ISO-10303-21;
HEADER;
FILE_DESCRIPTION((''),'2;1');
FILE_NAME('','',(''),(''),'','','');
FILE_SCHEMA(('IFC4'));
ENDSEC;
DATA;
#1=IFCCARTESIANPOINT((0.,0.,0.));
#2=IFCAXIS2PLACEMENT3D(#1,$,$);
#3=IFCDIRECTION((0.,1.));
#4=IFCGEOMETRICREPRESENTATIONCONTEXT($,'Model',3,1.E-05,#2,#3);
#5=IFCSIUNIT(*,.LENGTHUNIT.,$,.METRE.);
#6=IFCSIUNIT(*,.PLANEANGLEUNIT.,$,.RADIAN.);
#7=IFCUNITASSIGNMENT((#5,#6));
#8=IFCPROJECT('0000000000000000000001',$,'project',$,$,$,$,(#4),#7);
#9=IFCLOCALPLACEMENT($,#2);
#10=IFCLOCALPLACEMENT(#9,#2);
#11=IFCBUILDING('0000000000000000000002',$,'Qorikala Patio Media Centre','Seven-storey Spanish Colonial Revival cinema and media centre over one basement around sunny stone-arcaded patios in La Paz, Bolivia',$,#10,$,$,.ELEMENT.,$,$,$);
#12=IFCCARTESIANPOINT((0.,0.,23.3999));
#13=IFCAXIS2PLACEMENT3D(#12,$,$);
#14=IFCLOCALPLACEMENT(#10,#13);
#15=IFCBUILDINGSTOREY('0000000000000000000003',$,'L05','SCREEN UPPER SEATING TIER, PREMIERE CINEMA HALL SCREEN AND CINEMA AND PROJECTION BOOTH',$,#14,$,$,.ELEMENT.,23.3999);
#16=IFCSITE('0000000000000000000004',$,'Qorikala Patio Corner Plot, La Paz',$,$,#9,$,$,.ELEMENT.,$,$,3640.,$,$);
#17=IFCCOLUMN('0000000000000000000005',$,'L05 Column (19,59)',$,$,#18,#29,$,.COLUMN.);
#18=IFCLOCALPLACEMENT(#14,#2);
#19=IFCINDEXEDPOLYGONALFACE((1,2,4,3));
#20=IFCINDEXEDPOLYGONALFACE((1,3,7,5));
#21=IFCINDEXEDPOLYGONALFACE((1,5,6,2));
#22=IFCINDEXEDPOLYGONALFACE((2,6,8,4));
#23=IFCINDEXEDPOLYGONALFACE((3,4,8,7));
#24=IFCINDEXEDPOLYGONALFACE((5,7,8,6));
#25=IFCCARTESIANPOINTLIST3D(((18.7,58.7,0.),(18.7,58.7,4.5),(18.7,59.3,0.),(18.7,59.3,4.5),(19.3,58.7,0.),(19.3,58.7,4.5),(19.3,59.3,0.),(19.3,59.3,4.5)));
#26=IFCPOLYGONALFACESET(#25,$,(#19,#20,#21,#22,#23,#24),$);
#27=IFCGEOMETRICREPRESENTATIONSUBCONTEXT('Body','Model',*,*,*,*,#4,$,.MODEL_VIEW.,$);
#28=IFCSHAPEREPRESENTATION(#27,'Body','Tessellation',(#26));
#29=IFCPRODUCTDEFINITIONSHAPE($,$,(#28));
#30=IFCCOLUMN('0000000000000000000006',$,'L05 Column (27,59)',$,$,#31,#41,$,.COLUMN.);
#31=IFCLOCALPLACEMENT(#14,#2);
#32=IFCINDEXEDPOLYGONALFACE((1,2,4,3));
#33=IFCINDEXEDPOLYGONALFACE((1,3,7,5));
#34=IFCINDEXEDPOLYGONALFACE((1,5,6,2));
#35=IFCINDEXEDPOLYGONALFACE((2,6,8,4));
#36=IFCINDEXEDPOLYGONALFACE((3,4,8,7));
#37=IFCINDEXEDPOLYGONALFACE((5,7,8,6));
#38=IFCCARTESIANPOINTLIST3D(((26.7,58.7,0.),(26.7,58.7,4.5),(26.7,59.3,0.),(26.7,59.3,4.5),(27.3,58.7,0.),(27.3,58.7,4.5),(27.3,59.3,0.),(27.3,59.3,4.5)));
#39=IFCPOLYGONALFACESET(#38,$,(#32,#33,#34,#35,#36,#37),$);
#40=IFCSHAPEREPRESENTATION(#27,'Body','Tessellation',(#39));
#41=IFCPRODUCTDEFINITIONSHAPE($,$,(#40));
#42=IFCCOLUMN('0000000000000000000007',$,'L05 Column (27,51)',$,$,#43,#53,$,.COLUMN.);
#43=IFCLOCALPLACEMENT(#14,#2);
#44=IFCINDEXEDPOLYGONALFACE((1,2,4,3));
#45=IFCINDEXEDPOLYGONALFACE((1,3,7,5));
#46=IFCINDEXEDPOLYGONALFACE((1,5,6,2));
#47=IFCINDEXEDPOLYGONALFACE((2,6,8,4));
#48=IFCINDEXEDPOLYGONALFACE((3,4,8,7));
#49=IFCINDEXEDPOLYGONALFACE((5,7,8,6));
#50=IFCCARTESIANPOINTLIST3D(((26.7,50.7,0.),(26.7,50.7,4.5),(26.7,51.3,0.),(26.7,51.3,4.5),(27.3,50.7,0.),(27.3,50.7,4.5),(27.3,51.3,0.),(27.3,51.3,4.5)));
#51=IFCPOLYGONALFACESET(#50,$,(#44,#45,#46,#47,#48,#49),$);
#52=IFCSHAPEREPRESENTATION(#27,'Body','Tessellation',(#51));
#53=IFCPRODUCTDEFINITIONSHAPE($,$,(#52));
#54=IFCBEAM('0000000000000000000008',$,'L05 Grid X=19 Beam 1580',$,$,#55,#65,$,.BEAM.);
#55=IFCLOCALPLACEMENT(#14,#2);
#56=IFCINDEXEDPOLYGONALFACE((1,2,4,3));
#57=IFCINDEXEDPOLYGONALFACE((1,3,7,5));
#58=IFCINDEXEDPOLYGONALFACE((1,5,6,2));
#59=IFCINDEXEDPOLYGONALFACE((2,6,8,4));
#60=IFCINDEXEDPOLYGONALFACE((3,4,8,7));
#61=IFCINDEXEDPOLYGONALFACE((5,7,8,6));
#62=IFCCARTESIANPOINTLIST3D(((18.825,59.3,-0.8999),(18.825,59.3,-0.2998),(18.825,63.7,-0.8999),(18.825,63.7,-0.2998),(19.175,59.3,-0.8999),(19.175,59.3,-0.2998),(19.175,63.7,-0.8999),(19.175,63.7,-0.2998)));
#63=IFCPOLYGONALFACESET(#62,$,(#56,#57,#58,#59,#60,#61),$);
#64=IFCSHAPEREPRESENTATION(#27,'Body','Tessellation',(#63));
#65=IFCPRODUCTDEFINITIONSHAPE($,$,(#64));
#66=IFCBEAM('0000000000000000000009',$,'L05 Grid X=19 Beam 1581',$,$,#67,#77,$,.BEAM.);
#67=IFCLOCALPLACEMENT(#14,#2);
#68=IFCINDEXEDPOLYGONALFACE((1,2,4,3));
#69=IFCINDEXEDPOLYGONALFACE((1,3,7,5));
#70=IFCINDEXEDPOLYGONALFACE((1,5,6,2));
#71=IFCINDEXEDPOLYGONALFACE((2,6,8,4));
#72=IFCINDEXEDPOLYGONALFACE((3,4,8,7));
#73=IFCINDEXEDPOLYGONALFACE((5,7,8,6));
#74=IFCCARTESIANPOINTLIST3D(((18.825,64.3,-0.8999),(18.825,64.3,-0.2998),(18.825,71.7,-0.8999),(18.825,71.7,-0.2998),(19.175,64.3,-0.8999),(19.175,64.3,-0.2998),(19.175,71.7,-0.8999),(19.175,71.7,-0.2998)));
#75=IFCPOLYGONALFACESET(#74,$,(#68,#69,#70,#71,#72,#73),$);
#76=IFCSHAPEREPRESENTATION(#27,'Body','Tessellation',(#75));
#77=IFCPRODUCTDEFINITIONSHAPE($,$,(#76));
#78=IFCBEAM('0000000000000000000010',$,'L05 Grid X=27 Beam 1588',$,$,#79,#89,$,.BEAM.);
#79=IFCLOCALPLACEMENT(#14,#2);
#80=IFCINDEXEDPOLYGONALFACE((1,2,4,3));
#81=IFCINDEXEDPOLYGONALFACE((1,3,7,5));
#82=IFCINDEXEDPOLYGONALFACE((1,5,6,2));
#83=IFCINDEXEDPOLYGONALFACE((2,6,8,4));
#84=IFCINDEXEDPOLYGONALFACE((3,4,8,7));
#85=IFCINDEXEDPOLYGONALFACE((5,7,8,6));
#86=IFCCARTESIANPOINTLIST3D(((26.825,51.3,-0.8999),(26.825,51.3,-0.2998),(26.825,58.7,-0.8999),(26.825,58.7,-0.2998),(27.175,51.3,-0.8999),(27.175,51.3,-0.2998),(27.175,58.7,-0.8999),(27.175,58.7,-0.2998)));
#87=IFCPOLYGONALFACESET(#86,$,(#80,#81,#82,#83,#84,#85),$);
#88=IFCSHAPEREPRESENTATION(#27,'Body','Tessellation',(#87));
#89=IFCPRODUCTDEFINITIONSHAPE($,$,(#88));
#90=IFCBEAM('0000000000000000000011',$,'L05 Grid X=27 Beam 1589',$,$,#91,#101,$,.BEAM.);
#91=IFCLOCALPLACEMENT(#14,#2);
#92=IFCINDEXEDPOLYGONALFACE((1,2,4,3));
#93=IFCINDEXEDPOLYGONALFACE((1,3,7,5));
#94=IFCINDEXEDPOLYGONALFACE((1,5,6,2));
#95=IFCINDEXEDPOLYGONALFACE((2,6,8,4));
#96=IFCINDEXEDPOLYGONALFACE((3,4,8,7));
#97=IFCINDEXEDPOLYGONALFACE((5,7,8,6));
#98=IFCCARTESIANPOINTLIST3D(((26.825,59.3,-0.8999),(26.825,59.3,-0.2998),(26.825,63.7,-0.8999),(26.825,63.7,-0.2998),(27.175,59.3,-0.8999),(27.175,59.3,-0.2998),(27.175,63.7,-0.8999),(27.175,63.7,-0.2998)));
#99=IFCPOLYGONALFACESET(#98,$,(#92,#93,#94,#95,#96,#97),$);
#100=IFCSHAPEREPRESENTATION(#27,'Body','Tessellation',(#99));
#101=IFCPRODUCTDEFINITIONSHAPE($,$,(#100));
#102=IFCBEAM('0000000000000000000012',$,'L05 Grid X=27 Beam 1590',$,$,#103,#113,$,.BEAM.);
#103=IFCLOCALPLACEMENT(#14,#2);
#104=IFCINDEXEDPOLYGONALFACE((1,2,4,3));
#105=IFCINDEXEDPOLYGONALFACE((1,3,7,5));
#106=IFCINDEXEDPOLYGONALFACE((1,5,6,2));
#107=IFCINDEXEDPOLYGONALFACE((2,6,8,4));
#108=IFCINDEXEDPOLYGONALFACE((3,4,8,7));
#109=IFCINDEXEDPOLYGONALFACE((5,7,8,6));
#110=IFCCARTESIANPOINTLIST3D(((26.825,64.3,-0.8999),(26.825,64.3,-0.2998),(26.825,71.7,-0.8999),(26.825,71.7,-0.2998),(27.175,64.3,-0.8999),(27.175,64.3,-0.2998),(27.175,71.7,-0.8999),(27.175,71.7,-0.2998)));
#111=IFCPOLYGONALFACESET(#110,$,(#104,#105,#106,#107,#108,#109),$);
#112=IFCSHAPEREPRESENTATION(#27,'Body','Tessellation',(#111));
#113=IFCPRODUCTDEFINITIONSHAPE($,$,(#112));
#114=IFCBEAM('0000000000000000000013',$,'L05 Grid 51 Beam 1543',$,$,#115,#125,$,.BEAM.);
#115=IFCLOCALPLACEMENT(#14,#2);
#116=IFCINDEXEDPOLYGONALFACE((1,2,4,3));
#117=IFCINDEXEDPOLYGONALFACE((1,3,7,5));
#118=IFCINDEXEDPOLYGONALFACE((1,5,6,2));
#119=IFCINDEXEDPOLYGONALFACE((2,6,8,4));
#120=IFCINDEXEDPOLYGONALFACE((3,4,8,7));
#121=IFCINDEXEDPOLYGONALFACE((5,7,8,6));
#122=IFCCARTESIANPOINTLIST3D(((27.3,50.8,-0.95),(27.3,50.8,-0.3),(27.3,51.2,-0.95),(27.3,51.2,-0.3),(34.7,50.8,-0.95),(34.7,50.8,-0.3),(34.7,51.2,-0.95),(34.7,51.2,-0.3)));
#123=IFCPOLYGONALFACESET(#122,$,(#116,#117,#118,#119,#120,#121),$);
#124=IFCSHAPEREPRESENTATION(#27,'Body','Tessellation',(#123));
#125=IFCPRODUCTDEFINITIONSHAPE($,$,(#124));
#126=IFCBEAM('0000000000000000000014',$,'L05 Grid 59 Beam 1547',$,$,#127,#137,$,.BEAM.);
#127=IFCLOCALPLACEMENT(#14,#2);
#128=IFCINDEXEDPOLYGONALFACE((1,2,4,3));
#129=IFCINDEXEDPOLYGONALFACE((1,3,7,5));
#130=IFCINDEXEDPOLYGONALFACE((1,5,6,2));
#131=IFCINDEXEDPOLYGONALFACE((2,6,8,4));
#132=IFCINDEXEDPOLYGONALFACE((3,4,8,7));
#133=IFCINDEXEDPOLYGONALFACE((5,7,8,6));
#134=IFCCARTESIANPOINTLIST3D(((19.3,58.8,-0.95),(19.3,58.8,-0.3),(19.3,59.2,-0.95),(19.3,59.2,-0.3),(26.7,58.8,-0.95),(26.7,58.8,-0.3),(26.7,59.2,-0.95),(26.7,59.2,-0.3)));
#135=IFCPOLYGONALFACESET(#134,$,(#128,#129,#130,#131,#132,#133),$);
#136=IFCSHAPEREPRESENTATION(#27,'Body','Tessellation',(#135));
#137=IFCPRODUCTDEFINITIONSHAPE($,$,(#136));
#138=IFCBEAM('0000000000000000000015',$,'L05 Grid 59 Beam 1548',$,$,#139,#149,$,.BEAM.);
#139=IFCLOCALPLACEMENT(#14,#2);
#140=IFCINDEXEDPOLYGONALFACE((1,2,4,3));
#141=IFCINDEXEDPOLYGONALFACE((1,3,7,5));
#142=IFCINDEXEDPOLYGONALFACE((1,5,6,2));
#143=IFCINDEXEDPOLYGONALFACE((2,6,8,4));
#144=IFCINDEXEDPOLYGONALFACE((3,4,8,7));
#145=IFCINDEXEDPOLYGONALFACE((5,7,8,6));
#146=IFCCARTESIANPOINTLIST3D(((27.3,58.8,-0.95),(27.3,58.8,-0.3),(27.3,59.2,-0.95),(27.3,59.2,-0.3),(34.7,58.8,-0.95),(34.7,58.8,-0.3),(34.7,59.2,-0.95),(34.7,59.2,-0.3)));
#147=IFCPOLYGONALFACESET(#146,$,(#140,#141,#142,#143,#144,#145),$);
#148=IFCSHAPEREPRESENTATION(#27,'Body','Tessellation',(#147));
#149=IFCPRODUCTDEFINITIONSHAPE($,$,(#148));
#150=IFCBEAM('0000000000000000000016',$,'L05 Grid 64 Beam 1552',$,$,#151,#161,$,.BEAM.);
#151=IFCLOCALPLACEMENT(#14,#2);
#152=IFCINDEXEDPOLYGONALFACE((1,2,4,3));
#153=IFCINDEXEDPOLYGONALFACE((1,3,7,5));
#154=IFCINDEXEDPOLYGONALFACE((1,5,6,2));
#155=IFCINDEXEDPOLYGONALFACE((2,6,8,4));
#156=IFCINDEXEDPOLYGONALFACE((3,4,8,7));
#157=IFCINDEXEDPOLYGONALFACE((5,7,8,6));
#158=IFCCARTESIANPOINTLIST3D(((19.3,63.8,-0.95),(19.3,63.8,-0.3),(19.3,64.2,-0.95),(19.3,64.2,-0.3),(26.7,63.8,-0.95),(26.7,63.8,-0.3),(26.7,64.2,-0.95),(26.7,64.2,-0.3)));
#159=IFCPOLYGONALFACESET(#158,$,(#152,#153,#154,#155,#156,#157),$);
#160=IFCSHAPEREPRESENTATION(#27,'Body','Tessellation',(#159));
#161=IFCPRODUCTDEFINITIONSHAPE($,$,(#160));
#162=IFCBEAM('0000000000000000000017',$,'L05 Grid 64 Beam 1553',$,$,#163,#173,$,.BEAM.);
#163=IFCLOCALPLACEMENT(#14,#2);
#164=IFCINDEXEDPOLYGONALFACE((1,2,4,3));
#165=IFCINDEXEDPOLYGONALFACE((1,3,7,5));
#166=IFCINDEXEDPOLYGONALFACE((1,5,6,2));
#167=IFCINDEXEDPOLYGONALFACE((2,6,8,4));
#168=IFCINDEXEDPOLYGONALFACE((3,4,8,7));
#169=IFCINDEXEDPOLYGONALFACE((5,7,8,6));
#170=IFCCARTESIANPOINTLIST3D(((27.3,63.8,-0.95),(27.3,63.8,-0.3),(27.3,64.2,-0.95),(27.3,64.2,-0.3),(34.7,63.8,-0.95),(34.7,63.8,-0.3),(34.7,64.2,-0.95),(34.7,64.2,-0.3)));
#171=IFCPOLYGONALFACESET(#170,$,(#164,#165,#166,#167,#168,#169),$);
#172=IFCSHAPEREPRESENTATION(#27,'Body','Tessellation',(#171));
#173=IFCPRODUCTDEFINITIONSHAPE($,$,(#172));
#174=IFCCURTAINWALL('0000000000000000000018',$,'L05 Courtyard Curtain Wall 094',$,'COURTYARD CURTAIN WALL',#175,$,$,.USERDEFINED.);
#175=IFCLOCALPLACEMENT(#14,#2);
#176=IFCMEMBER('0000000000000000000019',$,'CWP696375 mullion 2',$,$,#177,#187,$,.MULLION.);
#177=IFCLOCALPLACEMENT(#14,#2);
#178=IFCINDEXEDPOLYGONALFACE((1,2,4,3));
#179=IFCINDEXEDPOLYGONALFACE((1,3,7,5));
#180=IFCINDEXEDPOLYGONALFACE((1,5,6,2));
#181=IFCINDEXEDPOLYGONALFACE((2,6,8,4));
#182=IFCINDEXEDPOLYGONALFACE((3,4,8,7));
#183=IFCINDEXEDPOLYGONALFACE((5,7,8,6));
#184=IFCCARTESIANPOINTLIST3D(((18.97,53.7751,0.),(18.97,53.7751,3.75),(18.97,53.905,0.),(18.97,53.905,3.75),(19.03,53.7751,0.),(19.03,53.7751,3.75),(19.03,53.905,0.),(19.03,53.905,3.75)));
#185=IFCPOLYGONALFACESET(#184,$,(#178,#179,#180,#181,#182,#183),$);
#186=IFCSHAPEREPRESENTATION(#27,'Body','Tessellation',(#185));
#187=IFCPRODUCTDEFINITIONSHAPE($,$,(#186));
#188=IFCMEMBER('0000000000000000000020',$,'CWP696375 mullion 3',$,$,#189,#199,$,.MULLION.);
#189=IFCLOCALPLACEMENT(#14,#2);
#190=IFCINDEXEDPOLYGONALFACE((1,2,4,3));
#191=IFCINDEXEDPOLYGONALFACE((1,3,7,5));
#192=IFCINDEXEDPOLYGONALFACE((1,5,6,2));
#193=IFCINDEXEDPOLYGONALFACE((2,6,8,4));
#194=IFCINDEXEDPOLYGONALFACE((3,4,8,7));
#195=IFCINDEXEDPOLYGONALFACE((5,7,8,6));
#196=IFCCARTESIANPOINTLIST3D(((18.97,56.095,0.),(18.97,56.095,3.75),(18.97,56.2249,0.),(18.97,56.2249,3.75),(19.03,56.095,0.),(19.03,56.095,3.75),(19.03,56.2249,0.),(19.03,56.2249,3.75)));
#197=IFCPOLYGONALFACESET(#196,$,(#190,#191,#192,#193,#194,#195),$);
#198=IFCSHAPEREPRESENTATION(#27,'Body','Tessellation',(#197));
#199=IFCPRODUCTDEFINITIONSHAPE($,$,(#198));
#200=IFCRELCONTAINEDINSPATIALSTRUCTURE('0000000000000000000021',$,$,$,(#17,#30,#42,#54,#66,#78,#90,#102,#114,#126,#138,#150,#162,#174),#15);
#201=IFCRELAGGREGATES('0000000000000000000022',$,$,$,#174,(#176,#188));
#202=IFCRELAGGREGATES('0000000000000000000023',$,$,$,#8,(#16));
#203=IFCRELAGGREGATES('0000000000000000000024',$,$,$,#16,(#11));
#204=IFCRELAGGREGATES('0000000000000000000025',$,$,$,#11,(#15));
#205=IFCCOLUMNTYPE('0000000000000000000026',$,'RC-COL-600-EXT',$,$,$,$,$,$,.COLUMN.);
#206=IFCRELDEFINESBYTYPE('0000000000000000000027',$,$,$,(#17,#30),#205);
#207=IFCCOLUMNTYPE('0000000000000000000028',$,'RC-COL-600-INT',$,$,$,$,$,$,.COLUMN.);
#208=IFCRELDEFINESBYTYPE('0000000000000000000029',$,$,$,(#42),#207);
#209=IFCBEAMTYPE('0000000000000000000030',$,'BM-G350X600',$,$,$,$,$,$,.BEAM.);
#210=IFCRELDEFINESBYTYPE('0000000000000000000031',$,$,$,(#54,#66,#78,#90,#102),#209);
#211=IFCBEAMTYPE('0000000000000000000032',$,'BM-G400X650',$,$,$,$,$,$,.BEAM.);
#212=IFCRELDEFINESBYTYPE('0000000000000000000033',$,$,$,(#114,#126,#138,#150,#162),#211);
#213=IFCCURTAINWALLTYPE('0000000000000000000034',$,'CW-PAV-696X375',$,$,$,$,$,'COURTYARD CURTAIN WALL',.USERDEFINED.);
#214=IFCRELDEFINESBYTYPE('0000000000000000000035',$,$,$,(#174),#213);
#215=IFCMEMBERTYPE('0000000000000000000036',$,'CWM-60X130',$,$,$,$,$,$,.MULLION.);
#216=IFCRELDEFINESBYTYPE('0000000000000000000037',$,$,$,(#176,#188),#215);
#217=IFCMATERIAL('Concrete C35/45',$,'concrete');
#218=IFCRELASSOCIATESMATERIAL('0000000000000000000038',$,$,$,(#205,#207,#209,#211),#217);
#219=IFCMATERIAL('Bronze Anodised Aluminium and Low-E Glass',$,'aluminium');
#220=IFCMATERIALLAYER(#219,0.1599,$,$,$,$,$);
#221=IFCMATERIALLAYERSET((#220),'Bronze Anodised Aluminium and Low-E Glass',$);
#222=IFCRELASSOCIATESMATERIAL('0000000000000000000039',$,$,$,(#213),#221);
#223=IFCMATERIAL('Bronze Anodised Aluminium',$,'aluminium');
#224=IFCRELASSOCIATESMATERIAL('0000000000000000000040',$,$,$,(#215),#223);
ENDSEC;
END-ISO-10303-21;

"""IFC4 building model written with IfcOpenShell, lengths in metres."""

from ifc_helpers import new_model, si_unit, direction, frame, origin, origin_2d, place, context, subcontext, project, spatial, rectangle, extrude, material, layer, layer_set, material_profile, profile_set, type_object, element, aggregate, save


model = new_model("IFC4")

# Units and contexts
model_context = context("Model", 3, precision=1e-05, world=origin(), true_north=direction((0.0, 1.0)))
body_context = subcontext(model_context, "Body", "Model", "MODEL_VIEW")
ifc_project = project(units=[si_unit("LENGTHUNIT", "METRE"), si_unit("PLANEANGLEUNIT", "RADIAN")], contexts=[model_context])

# Site, building, storey
site_placement = place(None, origin())
site = spatial("IfcSite", under=ifc_project, at=site_placement, Name="Qorikala Patio Corner Plot, La Paz", CompositionType="ELEMENT", RefElevation=3640.0)
building_placement = place(site_placement, origin())
building = spatial("IfcBuilding", under=site, at=building_placement, Name="Qorikala Patio Media Centre", Description="Seven-storey Spanish Colonial Revival cinema and media centre over one basement around sunny stone-arcaded patios in La Paz, Bolivia", CompositionType="ELEMENT")
storey_placement = place(building_placement, frame((0.0, 0.0, 23.3999)))
storey = spatial("IfcBuildingStorey", under=building, at=storey_placement, Name="L05", Description="SCREEN UPPER SEATING TIER, PREMIERE CINEMA HALL SCREEN AND CINEMA AND PROJECTION BOOTH", CompositionType="ELEMENT", Elevation=23.3999)

# Columns
ifc_material_1 = material(Name="Concrete C35/45", Category="concrete")
ifc_material_profile_1 = material_profile(ifc_material_1, rectangle(XDim=0.6001, YDim=0.6001, at=origin_2d()), Name="RC 600x600")
ifc_profile_set_1 = profile_set([ifc_material_profile_1], Name="Concrete C35/45")
column_type_1 = type_object("IfcColumnType", Name="RC-COL-600-EXT", PredefinedType="COLUMN", material=ifc_profile_set_1)
for number, where, z_axis, x_axis, name in (
    (1, (19.0, 59.0, 0.0), (0.0, 0.0, 1.0), (1.0, 0.0, 0.0), "L05 Column (19,59)"),
    (2, (27.0, 59.0, 0.0), (0.0, 0.0, 1.0), (1.0, 0.0, 0.0), "L05 Column (27,59)"),
):
    element("IfcColumn", number, at=place(storey_placement, frame(where, z_axis=z_axis, x_axis=x_axis)), inside=storey, type_object=column_type_1, Name=name, PredefinedType="COLUMN", context=body_context, shape_type="SweptSolid", body=[
        extrude(rectangle(XDim=0.6001, YDim=0.6001, at=origin_2d()), origin(), (0.0, 0.0, 1.0), 4.5),
    ])
ifc_material_profile_2 = material_profile(ifc_material_1, rectangle(XDim=0.6001, YDim=0.6001, at=origin_2d()), Name="RC 600x600")
ifc_profile_set_2 = profile_set([ifc_material_profile_2], Name="Concrete C35/45")
column_type_2 = type_object("IfcColumnType", Name="RC-COL-600-INT", PredefinedType="COLUMN", material=ifc_profile_set_2)
column_placement = place(storey_placement, frame((27.0, 51.0, 0.0), z_axis=(0.0, 0.0, 1.0), x_axis=(1.0, 0.0, 0.0)))
element("IfcColumn", 3, at=column_placement, inside=storey, type_object=column_type_2, Name="L05 Column (27,51)", PredefinedType="COLUMN", context=body_context, shape_type="SweptSolid", body=[
    extrude(rectangle(XDim=0.6001, YDim=0.6001, at=origin_2d()), origin(), (0.0, 0.0, 1.0), 4.5),
])

# Beams
ifc_material_profile_3 = material_profile(ifc_material_1, rectangle(XDim=0.3501, YDim=0.6001, at=origin_2d()), Name="RC 350x600")
ifc_profile_set_3 = profile_set([ifc_material_profile_3], Name="Concrete C35/45")
beam_type_1 = type_object("IfcBeamType", Name="BM-G350X600", PredefinedType="BEAM", material=ifc_profile_set_3)
beam_1_placement = place(storey_placement, frame((19.0, 59.3, -0.5999), z_axis=(0.0, 1.0, 0.0), x_axis=(-1.0, 0.0, 0.0)))
element("IfcBeam", 4, at=beam_1_placement, inside=storey, type_object=beam_type_1, Name="L05 Grid X=19 Beam 1580", PredefinedType="BEAM", context=body_context, shape_type="SweptSolid", body=[
    extrude(rectangle(XDim=0.3501, YDim=0.6001, at=origin_2d()), origin(), (0.0, 0.0, 1.0), 4.3999),
])
for number, where, z_axis, x_axis, name in (
    (5, (19.0, 64.3, -0.5999), (0.0, 1.0, 0.0), (-1.0, 0.0, 0.0), "L05 Grid X=19 Beam 1581"),
    (6, (27.0, 51.3, -0.5999), (0.0, 1.0, 0.0), (-1.0, 0.0, 0.0), "L05 Grid X=27 Beam 1588"),
):
    element("IfcBeam", number, at=place(storey_placement, frame(where, z_axis=z_axis, x_axis=x_axis)), inside=storey, type_object=beam_type_1, Name=name, PredefinedType="BEAM", context=body_context, shape_type="SweptSolid", body=[
        extrude(rectangle(XDim=0.3501, YDim=0.6001, at=origin_2d()), origin(), (0.0, 0.0, 1.0), 7.3999),
    ])
beam_2_placement = place(storey_placement, frame((27.0, 59.3, -0.5999), z_axis=(0.0, 1.0, 0.0), x_axis=(-1.0, 0.0, 0.0)))
element("IfcBeam", 7, at=beam_2_placement, inside=storey, type_object=beam_type_1, Name="L05 Grid X=27 Beam 1589", PredefinedType="BEAM", context=body_context, shape_type="SweptSolid", body=[
    extrude(rectangle(XDim=0.3501, YDim=0.6001, at=origin_2d()), origin(), (0.0, 0.0, 1.0), 4.3999),
])
beam_3_placement = place(storey_placement, frame((27.0, 64.3, -0.5999), z_axis=(0.0, 1.0, 0.0), x_axis=(-1.0, 0.0, 0.0)))
element("IfcBeam", 8, at=beam_3_placement, inside=storey, type_object=beam_type_1, Name="L05 Grid X=27 Beam 1590", PredefinedType="BEAM", context=body_context, shape_type="SweptSolid", body=[
    extrude(rectangle(XDim=0.3501, YDim=0.6001, at=origin_2d()), origin(), (0.0, 0.0, 1.0), 7.3999),
])
ifc_material_profile_4 = material_profile(ifc_material_1, rectangle(XDim=0.3999, YDim=0.6499, at=origin_2d()), Name="RC 400x650")
ifc_profile_set_4 = profile_set([ifc_material_profile_4], Name="Concrete C35/45")
beam_type_2 = type_object("IfcBeamType", Name="BM-G400X650", PredefinedType="BEAM", material=ifc_profile_set_4)
for number, where, z_axis, x_axis, name in (
    (9, (27.3, 51.0, -0.625), (1.0, 0.0, 0.0), (0.0, 1.0, 0.0), "L05 Grid 51 Beam 1543"),
    (10, (19.3, 59.0, -0.625), (1.0, 0.0, 0.0), (0.0, 1.0, 0.0), "L05 Grid 59 Beam 1547"),
    (11, (27.3, 59.0, -0.625), (1.0, 0.0, 0.0), (0.0, 1.0, 0.0), "L05 Grid 59 Beam 1548"),
    (12, (19.3, 64.0, -0.625), (1.0, 0.0, 0.0), (0.0, 1.0, 0.0), "L05 Grid 64 Beam 1552"),
    (13, (27.3, 64.0, -0.625), (1.0, 0.0, 0.0), (0.0, 1.0, 0.0), "L05 Grid 64 Beam 1553"),
):
    element("IfcBeam", number, at=place(storey_placement, frame(where, z_axis=z_axis, x_axis=x_axis)), inside=storey, type_object=beam_type_2, Name=name, PredefinedType="BEAM", context=body_context, shape_type="SweptSolid", body=[
        extrude(rectangle(XDim=0.3999, YDim=0.6499, at=origin_2d()), origin(), (0.0, 0.0, 1.0), 7.3999),
    ])

# Curtain wall, members
ifc_material_2 = material(Name="Bronze Anodised Aluminium and Low-E Glass", Category="aluminium")
ifc_layer_1 = layer(ifc_material_2, 0.1599)
ifc_layer_set_1 = layer_set([ifc_layer_1], Name="Bronze Anodised Aluminium and Low-E Glass")
curtain_wall_type = type_object("IfcCurtainWallType", Name="CW-PAV-696X375", ElementType="COURTYARD CURTAIN WALL", PredefinedType="USERDEFINED", material=ifc_layer_set_1)
curtain_wall_placement = place(storey_placement, origin())
curtain_wall = element("IfcCurtainWall", 14, at=curtain_wall_placement, inside=storey, type_object=curtain_wall_type, Name="L05 Courtyard Curtain Wall 094", ObjectType="COURTYARD CURTAIN WALL", PredefinedType="USERDEFINED")
ifc_material_3 = material(Name="Bronze Anodised Aluminium", Category="aluminium")
ifc_material_profile_5 = material_profile(ifc_material_3, rectangle(XDim=0.0601, YDim=0.1299, at=origin_2d()), Name="ALU MULLION 60x130")
ifc_profile_set_5 = profile_set([ifc_material_profile_5], Name="Bronze Anodised Aluminium")
member_type_1 = type_object("IfcMemberType", Name="CWM-60X130", PredefinedType="MULLION", material=ifc_profile_set_5)
member_1_placement = place(storey_placement, frame((19.0, 53.8401, 0.0), z_axis=(0.0, 0.0, 1.0), x_axis=(-1.0, 0.0, 0.0)))
member_1 = element("IfcMember", 15, at=member_1_placement, type_object=member_type_1, Name="CWP696375 mullion 2", PredefinedType="MULLION", context=body_context, shape_type="SweptSolid", body=[
    extrude(rectangle(XDim=0.0601, YDim=0.1299, at=origin_2d()), origin(), (0.0, 0.0, 1.0), 3.75),
])
member_2_placement = place(storey_placement, frame((19.0, 56.1599, 0.0), z_axis=(0.0, 0.0, 1.0), x_axis=(-1.0, 0.0, 0.0)))
member_2 = element("IfcMember", 16, at=member_2_placement, type_object=member_type_1, Name="CWP696375 mullion 3", PredefinedType="MULLION", context=body_context, shape_type="SweptSolid", body=[
    extrude(rectangle(XDim=0.0601, YDim=0.1299, at=origin_2d()), origin(), (0.0, 0.0, 1.0), 3.75),
])

aggregate(curtain_wall, [member_1, member_2])

save(model, "model.ifc")
